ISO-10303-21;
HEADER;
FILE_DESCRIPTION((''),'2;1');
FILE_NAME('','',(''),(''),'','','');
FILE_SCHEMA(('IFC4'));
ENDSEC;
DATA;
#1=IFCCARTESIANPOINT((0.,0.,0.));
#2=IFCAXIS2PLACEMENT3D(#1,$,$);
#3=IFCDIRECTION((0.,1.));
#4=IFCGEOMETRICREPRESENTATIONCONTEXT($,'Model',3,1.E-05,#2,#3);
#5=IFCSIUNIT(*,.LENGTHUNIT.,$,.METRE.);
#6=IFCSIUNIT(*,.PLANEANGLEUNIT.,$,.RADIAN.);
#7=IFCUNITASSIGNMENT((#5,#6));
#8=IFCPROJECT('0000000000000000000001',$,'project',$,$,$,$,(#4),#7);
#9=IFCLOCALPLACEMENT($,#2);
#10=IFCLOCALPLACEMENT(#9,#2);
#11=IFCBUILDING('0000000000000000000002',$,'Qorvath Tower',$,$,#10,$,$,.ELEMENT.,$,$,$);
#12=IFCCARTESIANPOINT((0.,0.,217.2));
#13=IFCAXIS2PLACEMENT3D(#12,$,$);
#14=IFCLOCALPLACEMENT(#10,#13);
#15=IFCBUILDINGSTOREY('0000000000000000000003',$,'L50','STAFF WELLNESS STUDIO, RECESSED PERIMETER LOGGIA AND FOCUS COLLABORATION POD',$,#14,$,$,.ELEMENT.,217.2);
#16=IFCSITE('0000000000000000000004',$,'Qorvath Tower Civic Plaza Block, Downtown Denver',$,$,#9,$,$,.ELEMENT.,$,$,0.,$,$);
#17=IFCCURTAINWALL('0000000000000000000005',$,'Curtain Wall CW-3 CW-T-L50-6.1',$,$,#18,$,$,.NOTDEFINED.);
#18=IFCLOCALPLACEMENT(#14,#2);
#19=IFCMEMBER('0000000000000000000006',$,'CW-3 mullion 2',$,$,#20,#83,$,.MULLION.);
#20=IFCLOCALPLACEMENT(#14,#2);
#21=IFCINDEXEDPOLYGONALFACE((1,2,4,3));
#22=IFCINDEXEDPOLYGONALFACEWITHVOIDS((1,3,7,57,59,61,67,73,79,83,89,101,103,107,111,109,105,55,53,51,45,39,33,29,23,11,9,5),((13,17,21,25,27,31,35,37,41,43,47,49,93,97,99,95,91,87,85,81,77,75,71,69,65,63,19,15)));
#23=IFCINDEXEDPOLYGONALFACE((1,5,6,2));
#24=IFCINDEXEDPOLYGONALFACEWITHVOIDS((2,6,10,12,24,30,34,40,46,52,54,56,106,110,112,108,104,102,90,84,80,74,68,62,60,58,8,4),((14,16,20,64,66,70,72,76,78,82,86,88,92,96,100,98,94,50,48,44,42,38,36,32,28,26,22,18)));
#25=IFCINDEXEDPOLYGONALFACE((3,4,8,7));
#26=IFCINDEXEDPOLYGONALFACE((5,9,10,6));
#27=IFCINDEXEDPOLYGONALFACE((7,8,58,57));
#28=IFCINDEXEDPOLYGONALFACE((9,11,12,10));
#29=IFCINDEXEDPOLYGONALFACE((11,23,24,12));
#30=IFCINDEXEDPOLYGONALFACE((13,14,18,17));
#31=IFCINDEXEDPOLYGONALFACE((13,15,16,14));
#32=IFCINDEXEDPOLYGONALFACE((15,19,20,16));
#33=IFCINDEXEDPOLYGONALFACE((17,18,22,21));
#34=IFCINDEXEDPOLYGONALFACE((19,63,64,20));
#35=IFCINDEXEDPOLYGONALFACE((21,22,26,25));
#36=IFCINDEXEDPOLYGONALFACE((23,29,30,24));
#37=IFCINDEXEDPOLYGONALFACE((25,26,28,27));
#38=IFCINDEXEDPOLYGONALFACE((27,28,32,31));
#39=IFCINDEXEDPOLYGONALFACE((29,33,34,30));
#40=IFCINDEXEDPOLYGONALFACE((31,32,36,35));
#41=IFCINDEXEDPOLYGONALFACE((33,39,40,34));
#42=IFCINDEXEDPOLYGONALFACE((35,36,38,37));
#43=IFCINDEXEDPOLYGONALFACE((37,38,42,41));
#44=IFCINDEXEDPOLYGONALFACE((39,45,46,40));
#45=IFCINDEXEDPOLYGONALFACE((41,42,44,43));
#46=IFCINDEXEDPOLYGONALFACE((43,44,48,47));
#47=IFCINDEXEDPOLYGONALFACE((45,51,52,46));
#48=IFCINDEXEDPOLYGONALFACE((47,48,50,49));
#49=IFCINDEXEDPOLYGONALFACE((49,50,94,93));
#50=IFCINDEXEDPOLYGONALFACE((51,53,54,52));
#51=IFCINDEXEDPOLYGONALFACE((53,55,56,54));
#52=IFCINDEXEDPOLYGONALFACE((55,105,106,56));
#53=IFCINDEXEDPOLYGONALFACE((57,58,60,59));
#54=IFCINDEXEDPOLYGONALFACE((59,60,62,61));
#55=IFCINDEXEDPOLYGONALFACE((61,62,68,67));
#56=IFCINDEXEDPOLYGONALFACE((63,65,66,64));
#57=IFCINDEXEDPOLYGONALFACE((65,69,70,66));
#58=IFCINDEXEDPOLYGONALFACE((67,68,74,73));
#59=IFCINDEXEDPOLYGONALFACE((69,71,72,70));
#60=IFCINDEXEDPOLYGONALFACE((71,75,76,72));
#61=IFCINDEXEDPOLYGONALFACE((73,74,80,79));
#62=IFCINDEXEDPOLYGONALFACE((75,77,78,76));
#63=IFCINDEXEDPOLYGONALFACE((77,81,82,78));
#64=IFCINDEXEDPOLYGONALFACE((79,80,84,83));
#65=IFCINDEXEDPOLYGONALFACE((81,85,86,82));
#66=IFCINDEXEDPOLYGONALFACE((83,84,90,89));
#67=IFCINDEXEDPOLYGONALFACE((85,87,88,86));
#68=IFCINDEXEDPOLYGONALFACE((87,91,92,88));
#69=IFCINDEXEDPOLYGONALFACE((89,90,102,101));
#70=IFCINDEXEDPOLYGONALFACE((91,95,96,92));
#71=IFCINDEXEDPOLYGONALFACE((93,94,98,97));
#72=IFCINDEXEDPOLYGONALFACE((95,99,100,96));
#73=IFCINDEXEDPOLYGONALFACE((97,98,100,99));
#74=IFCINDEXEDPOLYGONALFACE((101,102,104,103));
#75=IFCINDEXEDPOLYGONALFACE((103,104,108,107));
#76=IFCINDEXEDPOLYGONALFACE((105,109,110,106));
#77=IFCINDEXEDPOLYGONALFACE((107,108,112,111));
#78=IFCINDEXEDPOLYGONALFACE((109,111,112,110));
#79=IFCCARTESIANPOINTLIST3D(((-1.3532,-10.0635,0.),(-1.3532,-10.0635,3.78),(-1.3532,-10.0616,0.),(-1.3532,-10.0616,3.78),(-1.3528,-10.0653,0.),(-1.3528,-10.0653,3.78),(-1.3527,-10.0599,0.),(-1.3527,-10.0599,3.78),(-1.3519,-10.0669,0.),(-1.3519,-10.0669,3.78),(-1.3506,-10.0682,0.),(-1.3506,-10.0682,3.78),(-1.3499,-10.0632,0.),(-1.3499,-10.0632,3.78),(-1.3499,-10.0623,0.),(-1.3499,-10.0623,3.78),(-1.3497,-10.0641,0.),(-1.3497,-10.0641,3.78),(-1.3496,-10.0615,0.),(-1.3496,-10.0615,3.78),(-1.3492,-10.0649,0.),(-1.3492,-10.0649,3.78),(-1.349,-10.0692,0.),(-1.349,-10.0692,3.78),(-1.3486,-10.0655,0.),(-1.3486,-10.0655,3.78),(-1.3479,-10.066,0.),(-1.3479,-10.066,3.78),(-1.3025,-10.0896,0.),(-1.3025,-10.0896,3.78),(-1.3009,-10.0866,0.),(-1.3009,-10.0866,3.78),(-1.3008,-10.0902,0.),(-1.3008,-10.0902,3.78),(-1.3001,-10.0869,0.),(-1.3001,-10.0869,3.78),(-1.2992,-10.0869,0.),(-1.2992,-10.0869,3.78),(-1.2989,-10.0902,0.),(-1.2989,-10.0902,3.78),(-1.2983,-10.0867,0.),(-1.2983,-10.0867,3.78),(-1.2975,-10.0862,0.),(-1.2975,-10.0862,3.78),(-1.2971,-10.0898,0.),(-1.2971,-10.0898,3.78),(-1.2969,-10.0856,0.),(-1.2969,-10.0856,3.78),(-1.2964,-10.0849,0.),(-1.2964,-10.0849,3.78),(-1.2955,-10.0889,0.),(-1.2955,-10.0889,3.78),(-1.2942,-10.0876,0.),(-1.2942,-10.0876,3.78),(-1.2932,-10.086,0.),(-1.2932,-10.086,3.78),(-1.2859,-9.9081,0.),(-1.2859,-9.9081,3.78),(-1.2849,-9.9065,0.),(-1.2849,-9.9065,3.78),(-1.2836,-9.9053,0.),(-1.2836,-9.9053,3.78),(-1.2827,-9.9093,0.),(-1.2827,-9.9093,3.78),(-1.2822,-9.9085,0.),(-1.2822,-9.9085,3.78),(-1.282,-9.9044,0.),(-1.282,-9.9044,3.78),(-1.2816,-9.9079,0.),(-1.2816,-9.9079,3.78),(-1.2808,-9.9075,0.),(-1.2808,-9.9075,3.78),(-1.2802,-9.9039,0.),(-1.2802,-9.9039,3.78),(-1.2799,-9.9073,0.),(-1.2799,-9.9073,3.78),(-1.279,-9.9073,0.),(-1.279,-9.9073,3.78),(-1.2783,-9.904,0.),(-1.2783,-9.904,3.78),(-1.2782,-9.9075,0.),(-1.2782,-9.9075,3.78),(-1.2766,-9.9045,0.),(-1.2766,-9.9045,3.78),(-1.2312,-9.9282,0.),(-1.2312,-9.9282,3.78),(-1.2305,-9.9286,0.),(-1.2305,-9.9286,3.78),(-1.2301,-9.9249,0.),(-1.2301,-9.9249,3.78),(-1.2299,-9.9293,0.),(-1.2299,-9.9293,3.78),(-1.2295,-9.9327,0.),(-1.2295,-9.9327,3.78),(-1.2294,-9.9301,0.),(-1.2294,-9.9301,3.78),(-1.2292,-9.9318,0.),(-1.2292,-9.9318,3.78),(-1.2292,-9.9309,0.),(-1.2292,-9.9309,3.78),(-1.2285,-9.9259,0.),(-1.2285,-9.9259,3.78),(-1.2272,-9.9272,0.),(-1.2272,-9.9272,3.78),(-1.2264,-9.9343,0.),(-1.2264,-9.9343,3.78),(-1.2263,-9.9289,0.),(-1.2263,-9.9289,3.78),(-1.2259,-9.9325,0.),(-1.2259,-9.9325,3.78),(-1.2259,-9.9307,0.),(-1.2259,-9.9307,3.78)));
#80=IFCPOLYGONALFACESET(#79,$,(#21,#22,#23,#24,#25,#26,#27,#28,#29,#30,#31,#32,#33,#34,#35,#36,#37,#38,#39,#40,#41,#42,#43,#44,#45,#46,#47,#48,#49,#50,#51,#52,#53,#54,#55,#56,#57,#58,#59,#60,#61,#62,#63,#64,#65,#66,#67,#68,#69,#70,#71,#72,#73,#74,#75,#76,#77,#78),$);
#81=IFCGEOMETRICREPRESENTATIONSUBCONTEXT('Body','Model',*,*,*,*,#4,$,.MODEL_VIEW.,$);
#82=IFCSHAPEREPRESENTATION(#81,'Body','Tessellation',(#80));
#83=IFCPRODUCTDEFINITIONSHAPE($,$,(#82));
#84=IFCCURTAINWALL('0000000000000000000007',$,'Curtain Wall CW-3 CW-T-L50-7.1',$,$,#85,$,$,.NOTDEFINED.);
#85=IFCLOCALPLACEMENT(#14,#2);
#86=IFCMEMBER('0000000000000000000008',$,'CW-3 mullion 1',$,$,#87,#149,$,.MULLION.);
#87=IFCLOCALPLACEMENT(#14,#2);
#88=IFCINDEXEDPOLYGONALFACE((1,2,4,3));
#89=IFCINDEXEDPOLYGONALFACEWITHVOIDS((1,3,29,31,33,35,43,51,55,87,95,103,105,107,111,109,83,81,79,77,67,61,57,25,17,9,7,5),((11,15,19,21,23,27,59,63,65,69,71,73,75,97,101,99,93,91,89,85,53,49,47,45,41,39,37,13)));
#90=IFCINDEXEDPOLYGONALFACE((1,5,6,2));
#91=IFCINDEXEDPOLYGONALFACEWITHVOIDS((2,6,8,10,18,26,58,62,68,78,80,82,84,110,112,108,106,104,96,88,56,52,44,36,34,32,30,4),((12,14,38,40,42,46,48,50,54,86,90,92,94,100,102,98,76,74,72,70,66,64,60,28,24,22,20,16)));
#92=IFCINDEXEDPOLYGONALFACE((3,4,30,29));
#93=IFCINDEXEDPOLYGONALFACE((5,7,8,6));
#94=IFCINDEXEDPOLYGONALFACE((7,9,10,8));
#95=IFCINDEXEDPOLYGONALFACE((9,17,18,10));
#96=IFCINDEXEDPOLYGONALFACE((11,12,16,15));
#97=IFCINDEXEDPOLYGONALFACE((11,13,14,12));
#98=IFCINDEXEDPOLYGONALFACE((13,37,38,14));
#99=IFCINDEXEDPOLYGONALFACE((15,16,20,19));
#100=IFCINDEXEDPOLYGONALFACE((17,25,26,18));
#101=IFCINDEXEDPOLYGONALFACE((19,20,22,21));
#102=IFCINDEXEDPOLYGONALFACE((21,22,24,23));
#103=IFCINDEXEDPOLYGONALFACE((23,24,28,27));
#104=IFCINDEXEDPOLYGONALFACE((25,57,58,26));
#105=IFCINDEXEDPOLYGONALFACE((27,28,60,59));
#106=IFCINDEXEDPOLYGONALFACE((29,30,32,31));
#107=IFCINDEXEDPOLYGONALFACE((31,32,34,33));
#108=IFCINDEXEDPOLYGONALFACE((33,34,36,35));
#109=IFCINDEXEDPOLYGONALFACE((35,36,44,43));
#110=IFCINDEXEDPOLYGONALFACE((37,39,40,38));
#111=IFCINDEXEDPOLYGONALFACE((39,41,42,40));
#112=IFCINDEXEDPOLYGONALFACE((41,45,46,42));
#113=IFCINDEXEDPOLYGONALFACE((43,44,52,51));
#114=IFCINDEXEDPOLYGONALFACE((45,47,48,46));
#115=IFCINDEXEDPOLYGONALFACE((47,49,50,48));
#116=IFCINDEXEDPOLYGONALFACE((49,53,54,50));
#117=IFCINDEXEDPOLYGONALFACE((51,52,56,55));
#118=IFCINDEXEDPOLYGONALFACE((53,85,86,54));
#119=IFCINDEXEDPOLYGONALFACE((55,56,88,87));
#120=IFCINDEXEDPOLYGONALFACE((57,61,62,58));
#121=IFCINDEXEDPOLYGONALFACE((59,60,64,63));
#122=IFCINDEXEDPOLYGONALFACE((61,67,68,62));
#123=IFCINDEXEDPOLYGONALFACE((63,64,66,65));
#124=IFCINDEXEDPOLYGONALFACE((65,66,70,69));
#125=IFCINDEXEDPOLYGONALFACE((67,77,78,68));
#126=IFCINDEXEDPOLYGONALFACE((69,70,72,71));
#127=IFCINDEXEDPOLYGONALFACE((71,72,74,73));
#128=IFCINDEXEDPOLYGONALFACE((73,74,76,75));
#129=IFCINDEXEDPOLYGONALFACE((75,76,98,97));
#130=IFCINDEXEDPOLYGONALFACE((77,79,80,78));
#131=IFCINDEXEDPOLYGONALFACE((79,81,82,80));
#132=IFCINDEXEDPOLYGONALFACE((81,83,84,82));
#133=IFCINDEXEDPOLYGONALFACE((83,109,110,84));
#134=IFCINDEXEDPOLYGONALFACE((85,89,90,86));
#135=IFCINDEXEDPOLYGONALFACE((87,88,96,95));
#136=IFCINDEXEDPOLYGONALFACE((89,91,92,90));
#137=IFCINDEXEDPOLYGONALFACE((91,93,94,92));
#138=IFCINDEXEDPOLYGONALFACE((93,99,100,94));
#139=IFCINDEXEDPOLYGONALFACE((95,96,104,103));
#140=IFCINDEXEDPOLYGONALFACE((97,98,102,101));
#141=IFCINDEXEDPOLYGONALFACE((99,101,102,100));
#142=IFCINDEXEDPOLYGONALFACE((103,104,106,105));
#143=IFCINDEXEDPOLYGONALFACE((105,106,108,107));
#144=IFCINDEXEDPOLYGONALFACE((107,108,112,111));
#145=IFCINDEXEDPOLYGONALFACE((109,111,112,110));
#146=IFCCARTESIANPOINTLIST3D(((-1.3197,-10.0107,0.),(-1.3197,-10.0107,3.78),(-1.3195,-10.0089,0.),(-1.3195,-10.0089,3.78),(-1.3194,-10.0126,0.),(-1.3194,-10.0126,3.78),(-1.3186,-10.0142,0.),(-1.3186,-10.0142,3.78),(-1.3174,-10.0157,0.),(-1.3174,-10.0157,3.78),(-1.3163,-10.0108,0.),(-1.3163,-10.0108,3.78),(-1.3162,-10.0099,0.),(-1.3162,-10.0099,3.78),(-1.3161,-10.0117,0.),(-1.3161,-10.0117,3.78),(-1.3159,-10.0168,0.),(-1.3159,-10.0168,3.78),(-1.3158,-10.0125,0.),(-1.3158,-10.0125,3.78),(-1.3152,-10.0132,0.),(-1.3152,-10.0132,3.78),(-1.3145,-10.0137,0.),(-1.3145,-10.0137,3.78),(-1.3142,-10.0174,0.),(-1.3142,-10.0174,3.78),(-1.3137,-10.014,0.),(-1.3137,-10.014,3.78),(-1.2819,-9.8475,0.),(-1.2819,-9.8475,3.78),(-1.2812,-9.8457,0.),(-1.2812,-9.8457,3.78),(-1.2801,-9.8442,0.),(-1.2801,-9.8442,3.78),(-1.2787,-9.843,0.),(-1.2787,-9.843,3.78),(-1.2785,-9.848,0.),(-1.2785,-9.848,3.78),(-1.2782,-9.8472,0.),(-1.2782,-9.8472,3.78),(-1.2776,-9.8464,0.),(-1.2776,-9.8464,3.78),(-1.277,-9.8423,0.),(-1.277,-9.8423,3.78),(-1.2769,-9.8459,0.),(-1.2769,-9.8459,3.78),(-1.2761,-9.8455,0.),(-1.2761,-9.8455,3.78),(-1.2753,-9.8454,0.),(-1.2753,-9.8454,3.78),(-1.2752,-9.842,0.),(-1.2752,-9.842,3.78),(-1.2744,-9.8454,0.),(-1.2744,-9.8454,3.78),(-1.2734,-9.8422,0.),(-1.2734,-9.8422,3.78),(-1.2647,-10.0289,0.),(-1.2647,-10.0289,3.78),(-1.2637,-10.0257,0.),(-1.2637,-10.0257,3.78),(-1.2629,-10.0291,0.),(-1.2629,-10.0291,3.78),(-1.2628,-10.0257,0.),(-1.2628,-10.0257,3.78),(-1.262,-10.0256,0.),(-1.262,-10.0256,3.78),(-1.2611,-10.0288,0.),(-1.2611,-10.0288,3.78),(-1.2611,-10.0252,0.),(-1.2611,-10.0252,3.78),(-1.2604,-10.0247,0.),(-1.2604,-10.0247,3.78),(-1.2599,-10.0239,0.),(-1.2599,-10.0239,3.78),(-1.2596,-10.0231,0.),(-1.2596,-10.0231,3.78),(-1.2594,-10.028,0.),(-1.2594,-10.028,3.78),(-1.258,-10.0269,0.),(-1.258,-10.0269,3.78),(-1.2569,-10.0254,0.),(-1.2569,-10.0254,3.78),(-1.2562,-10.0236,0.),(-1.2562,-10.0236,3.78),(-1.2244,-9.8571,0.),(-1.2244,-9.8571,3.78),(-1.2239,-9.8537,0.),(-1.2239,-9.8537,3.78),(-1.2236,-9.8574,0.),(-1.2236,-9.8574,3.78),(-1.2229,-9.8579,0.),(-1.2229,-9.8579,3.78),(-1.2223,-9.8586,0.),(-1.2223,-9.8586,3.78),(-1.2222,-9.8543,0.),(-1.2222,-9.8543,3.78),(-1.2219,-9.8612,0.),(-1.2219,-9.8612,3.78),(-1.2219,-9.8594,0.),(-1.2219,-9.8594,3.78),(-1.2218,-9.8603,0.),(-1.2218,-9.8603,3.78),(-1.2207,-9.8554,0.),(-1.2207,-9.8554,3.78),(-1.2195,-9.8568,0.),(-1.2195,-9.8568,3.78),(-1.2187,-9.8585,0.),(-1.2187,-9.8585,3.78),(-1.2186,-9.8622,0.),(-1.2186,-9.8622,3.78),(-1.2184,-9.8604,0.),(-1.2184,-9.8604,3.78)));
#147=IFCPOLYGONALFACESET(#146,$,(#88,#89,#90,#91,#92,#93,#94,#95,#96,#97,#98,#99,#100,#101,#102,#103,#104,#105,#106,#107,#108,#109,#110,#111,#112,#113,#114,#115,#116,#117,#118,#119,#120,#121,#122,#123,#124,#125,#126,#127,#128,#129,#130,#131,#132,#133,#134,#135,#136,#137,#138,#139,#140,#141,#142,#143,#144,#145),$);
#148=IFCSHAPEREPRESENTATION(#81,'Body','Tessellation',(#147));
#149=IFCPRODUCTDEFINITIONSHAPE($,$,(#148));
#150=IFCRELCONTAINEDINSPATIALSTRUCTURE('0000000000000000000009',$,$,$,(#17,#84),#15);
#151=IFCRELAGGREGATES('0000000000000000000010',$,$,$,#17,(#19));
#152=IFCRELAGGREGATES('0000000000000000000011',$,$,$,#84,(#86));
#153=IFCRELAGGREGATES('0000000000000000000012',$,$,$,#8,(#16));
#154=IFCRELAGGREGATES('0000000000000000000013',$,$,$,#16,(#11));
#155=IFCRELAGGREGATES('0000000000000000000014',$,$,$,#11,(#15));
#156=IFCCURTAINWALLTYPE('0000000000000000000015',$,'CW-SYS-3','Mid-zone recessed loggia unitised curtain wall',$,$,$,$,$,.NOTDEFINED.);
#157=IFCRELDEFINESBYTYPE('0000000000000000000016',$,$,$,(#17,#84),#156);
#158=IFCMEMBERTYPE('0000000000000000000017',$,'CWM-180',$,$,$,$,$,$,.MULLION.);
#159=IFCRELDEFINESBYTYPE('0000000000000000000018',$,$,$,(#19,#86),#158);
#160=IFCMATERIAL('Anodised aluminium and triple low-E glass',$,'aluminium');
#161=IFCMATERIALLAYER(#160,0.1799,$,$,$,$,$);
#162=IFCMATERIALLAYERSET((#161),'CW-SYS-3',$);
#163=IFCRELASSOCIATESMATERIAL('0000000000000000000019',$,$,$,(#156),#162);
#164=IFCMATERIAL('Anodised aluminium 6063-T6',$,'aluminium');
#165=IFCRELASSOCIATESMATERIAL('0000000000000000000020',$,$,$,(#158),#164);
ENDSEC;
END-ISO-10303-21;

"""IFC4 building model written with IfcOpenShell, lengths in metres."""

from ifc_helpers import new_model, si_unit, direction, frame, origin, origin_2d, place, context, subcontext, project, spatial, hollow_rectangle, extrude, material, layer, layer_set, material_profile, profile_set, type_object, element, aggregate, save


model = new_model("IFC4")

# Units and contexts
model_context = context("Model", 3, precision=1e-05, world=origin(), true_north=direction((0.0, 1.0)))
body_context = subcontext(model_context, "Body", "Model", "MODEL_VIEW")
ifc_project = project(units=[si_unit("LENGTHUNIT", "METRE"), si_unit("PLANEANGLEUNIT", "RADIAN")], contexts=[model_context])

# Site, building, storey
site_placement = place(None, origin())
site = spatial("IfcSite", under=ifc_project, at=site_placement, Name="Qorvath Tower Civic Plaza Block, Downtown Denver", CompositionType="ELEMENT", RefElevation=0.0)
building_placement = place(site_placement, origin())
building = spatial("IfcBuilding", under=site, at=building_placement, Name="Qorvath Tower", CompositionType="ELEMENT")
storey_placement = place(building_placement, frame((0.0, 0.0, 217.2)))
storey = spatial("IfcBuildingStorey", under=building, at=storey_placement, Name="L50", Description="STAFF WELLNESS STUDIO, RECESSED PERIMETER LOGGIA AND FOCUS COLLABORATION POD", CompositionType="ELEMENT", Elevation=217.2)

# Shared definitions
ifc_material_1 = material(Name="Anodised aluminium and triple low-E glass", Category="aluminium")
ifc_layer_1 = layer(ifc_material_1, 0.1799)
ifc_layer_set_1 = layer_set([ifc_layer_1], Name="CW-SYS-3")
curtain_wall_type = type_object("IfcCurtainWallType", Name="CW-SYS-3", Description="Mid-zone recessed loggia unitised curtain wall", PredefinedType="NOTDEFINED", material=ifc_layer_set_1)
ifc_material_2 = material(Name="Anodised aluminium 6063-T6", Category="aluminium")
ifc_material_profile_1 = material_profile(ifc_material_2, hollow_rectangle(XDim=0.0649, YDim=0.1799, WallThickness=0.0034, InnerFilletRadius=0.0034, OuterFilletRadius=0.0071, at=origin_2d()), Name="CWM 180x65")
ifc_profile_set_1 = profile_set([ifc_material_profile_1], Name="Anodised aluminium 6063-T6")
member_type_1 = type_object("IfcMemberType", Name="CWM-180", PredefinedType="MULLION", material=ifc_profile_set_1)

# Curtain wall, member
curtain_wall_1_placement = place(storey_placement, origin())
curtain_wall_1 = element("IfcCurtainWall", 1, at=curtain_wall_1_placement, inside=storey, type_object=curtain_wall_type, Name="Curtain Wall CW-3 CW-T-L50-6.1", PredefinedType="NOTDEFINED")
member_1_placement = place(storey_placement, frame((-1.2896, -9.9971, 0.0), z_axis=(0.0, 0.0, 1.0), x_axis=(-0.915321, 0.402725, 0.0)))
member_1 = element("IfcMember", 2, at=member_1_placement, type_object=member_type_1, Name="CW-3 mullion 2", PredefinedType="MULLION", context=body_context, shape_type="SweptSolid", body=[
    extrude(hollow_rectangle(XDim=0.0649, YDim=0.1799, WallThickness=0.0034, InnerFilletRadius=0.0034, OuterFilletRadius=0.0071, at=origin_2d()), origin(), (0.0, 0.0, 1.0), 3.78),
])

# Curtain wall, member
curtain_wall_2_placement = place(storey_placement, origin())
curtain_wall_2 = element("IfcCurtainWall", 3, at=curtain_wall_2_placement, inside=storey, type_object=curtain_wall_type, Name="Curtain Wall CW-3 CW-T-L50-7.1", PredefinedType="NOTDEFINED")
member_2_placement = place(storey_placement, frame((-1.269, -9.9355, 0.0), z_axis=(0.0, 0.0, 1.0), x_axis=(-0.973908, 0.226944, 0.0)))
member_2 = element("IfcMember", 4, at=member_2_placement, type_object=member_type_1, Name="CW-3 mullion 1", PredefinedType="MULLION", context=body_context, shape_type="SweptSolid", body=[
    extrude(hollow_rectangle(XDim=0.0649, YDim=0.1799, WallThickness=0.0034, InnerFilletRadius=0.0034, OuterFilletRadius=0.0071, at=origin_2d()), origin(), (0.0, 0.0, 1.0), 3.78),
])

aggregate(curtain_wall_1, [member_1])
aggregate(curtain_wall_2, [member_2])

save(model, "model.ifc")
